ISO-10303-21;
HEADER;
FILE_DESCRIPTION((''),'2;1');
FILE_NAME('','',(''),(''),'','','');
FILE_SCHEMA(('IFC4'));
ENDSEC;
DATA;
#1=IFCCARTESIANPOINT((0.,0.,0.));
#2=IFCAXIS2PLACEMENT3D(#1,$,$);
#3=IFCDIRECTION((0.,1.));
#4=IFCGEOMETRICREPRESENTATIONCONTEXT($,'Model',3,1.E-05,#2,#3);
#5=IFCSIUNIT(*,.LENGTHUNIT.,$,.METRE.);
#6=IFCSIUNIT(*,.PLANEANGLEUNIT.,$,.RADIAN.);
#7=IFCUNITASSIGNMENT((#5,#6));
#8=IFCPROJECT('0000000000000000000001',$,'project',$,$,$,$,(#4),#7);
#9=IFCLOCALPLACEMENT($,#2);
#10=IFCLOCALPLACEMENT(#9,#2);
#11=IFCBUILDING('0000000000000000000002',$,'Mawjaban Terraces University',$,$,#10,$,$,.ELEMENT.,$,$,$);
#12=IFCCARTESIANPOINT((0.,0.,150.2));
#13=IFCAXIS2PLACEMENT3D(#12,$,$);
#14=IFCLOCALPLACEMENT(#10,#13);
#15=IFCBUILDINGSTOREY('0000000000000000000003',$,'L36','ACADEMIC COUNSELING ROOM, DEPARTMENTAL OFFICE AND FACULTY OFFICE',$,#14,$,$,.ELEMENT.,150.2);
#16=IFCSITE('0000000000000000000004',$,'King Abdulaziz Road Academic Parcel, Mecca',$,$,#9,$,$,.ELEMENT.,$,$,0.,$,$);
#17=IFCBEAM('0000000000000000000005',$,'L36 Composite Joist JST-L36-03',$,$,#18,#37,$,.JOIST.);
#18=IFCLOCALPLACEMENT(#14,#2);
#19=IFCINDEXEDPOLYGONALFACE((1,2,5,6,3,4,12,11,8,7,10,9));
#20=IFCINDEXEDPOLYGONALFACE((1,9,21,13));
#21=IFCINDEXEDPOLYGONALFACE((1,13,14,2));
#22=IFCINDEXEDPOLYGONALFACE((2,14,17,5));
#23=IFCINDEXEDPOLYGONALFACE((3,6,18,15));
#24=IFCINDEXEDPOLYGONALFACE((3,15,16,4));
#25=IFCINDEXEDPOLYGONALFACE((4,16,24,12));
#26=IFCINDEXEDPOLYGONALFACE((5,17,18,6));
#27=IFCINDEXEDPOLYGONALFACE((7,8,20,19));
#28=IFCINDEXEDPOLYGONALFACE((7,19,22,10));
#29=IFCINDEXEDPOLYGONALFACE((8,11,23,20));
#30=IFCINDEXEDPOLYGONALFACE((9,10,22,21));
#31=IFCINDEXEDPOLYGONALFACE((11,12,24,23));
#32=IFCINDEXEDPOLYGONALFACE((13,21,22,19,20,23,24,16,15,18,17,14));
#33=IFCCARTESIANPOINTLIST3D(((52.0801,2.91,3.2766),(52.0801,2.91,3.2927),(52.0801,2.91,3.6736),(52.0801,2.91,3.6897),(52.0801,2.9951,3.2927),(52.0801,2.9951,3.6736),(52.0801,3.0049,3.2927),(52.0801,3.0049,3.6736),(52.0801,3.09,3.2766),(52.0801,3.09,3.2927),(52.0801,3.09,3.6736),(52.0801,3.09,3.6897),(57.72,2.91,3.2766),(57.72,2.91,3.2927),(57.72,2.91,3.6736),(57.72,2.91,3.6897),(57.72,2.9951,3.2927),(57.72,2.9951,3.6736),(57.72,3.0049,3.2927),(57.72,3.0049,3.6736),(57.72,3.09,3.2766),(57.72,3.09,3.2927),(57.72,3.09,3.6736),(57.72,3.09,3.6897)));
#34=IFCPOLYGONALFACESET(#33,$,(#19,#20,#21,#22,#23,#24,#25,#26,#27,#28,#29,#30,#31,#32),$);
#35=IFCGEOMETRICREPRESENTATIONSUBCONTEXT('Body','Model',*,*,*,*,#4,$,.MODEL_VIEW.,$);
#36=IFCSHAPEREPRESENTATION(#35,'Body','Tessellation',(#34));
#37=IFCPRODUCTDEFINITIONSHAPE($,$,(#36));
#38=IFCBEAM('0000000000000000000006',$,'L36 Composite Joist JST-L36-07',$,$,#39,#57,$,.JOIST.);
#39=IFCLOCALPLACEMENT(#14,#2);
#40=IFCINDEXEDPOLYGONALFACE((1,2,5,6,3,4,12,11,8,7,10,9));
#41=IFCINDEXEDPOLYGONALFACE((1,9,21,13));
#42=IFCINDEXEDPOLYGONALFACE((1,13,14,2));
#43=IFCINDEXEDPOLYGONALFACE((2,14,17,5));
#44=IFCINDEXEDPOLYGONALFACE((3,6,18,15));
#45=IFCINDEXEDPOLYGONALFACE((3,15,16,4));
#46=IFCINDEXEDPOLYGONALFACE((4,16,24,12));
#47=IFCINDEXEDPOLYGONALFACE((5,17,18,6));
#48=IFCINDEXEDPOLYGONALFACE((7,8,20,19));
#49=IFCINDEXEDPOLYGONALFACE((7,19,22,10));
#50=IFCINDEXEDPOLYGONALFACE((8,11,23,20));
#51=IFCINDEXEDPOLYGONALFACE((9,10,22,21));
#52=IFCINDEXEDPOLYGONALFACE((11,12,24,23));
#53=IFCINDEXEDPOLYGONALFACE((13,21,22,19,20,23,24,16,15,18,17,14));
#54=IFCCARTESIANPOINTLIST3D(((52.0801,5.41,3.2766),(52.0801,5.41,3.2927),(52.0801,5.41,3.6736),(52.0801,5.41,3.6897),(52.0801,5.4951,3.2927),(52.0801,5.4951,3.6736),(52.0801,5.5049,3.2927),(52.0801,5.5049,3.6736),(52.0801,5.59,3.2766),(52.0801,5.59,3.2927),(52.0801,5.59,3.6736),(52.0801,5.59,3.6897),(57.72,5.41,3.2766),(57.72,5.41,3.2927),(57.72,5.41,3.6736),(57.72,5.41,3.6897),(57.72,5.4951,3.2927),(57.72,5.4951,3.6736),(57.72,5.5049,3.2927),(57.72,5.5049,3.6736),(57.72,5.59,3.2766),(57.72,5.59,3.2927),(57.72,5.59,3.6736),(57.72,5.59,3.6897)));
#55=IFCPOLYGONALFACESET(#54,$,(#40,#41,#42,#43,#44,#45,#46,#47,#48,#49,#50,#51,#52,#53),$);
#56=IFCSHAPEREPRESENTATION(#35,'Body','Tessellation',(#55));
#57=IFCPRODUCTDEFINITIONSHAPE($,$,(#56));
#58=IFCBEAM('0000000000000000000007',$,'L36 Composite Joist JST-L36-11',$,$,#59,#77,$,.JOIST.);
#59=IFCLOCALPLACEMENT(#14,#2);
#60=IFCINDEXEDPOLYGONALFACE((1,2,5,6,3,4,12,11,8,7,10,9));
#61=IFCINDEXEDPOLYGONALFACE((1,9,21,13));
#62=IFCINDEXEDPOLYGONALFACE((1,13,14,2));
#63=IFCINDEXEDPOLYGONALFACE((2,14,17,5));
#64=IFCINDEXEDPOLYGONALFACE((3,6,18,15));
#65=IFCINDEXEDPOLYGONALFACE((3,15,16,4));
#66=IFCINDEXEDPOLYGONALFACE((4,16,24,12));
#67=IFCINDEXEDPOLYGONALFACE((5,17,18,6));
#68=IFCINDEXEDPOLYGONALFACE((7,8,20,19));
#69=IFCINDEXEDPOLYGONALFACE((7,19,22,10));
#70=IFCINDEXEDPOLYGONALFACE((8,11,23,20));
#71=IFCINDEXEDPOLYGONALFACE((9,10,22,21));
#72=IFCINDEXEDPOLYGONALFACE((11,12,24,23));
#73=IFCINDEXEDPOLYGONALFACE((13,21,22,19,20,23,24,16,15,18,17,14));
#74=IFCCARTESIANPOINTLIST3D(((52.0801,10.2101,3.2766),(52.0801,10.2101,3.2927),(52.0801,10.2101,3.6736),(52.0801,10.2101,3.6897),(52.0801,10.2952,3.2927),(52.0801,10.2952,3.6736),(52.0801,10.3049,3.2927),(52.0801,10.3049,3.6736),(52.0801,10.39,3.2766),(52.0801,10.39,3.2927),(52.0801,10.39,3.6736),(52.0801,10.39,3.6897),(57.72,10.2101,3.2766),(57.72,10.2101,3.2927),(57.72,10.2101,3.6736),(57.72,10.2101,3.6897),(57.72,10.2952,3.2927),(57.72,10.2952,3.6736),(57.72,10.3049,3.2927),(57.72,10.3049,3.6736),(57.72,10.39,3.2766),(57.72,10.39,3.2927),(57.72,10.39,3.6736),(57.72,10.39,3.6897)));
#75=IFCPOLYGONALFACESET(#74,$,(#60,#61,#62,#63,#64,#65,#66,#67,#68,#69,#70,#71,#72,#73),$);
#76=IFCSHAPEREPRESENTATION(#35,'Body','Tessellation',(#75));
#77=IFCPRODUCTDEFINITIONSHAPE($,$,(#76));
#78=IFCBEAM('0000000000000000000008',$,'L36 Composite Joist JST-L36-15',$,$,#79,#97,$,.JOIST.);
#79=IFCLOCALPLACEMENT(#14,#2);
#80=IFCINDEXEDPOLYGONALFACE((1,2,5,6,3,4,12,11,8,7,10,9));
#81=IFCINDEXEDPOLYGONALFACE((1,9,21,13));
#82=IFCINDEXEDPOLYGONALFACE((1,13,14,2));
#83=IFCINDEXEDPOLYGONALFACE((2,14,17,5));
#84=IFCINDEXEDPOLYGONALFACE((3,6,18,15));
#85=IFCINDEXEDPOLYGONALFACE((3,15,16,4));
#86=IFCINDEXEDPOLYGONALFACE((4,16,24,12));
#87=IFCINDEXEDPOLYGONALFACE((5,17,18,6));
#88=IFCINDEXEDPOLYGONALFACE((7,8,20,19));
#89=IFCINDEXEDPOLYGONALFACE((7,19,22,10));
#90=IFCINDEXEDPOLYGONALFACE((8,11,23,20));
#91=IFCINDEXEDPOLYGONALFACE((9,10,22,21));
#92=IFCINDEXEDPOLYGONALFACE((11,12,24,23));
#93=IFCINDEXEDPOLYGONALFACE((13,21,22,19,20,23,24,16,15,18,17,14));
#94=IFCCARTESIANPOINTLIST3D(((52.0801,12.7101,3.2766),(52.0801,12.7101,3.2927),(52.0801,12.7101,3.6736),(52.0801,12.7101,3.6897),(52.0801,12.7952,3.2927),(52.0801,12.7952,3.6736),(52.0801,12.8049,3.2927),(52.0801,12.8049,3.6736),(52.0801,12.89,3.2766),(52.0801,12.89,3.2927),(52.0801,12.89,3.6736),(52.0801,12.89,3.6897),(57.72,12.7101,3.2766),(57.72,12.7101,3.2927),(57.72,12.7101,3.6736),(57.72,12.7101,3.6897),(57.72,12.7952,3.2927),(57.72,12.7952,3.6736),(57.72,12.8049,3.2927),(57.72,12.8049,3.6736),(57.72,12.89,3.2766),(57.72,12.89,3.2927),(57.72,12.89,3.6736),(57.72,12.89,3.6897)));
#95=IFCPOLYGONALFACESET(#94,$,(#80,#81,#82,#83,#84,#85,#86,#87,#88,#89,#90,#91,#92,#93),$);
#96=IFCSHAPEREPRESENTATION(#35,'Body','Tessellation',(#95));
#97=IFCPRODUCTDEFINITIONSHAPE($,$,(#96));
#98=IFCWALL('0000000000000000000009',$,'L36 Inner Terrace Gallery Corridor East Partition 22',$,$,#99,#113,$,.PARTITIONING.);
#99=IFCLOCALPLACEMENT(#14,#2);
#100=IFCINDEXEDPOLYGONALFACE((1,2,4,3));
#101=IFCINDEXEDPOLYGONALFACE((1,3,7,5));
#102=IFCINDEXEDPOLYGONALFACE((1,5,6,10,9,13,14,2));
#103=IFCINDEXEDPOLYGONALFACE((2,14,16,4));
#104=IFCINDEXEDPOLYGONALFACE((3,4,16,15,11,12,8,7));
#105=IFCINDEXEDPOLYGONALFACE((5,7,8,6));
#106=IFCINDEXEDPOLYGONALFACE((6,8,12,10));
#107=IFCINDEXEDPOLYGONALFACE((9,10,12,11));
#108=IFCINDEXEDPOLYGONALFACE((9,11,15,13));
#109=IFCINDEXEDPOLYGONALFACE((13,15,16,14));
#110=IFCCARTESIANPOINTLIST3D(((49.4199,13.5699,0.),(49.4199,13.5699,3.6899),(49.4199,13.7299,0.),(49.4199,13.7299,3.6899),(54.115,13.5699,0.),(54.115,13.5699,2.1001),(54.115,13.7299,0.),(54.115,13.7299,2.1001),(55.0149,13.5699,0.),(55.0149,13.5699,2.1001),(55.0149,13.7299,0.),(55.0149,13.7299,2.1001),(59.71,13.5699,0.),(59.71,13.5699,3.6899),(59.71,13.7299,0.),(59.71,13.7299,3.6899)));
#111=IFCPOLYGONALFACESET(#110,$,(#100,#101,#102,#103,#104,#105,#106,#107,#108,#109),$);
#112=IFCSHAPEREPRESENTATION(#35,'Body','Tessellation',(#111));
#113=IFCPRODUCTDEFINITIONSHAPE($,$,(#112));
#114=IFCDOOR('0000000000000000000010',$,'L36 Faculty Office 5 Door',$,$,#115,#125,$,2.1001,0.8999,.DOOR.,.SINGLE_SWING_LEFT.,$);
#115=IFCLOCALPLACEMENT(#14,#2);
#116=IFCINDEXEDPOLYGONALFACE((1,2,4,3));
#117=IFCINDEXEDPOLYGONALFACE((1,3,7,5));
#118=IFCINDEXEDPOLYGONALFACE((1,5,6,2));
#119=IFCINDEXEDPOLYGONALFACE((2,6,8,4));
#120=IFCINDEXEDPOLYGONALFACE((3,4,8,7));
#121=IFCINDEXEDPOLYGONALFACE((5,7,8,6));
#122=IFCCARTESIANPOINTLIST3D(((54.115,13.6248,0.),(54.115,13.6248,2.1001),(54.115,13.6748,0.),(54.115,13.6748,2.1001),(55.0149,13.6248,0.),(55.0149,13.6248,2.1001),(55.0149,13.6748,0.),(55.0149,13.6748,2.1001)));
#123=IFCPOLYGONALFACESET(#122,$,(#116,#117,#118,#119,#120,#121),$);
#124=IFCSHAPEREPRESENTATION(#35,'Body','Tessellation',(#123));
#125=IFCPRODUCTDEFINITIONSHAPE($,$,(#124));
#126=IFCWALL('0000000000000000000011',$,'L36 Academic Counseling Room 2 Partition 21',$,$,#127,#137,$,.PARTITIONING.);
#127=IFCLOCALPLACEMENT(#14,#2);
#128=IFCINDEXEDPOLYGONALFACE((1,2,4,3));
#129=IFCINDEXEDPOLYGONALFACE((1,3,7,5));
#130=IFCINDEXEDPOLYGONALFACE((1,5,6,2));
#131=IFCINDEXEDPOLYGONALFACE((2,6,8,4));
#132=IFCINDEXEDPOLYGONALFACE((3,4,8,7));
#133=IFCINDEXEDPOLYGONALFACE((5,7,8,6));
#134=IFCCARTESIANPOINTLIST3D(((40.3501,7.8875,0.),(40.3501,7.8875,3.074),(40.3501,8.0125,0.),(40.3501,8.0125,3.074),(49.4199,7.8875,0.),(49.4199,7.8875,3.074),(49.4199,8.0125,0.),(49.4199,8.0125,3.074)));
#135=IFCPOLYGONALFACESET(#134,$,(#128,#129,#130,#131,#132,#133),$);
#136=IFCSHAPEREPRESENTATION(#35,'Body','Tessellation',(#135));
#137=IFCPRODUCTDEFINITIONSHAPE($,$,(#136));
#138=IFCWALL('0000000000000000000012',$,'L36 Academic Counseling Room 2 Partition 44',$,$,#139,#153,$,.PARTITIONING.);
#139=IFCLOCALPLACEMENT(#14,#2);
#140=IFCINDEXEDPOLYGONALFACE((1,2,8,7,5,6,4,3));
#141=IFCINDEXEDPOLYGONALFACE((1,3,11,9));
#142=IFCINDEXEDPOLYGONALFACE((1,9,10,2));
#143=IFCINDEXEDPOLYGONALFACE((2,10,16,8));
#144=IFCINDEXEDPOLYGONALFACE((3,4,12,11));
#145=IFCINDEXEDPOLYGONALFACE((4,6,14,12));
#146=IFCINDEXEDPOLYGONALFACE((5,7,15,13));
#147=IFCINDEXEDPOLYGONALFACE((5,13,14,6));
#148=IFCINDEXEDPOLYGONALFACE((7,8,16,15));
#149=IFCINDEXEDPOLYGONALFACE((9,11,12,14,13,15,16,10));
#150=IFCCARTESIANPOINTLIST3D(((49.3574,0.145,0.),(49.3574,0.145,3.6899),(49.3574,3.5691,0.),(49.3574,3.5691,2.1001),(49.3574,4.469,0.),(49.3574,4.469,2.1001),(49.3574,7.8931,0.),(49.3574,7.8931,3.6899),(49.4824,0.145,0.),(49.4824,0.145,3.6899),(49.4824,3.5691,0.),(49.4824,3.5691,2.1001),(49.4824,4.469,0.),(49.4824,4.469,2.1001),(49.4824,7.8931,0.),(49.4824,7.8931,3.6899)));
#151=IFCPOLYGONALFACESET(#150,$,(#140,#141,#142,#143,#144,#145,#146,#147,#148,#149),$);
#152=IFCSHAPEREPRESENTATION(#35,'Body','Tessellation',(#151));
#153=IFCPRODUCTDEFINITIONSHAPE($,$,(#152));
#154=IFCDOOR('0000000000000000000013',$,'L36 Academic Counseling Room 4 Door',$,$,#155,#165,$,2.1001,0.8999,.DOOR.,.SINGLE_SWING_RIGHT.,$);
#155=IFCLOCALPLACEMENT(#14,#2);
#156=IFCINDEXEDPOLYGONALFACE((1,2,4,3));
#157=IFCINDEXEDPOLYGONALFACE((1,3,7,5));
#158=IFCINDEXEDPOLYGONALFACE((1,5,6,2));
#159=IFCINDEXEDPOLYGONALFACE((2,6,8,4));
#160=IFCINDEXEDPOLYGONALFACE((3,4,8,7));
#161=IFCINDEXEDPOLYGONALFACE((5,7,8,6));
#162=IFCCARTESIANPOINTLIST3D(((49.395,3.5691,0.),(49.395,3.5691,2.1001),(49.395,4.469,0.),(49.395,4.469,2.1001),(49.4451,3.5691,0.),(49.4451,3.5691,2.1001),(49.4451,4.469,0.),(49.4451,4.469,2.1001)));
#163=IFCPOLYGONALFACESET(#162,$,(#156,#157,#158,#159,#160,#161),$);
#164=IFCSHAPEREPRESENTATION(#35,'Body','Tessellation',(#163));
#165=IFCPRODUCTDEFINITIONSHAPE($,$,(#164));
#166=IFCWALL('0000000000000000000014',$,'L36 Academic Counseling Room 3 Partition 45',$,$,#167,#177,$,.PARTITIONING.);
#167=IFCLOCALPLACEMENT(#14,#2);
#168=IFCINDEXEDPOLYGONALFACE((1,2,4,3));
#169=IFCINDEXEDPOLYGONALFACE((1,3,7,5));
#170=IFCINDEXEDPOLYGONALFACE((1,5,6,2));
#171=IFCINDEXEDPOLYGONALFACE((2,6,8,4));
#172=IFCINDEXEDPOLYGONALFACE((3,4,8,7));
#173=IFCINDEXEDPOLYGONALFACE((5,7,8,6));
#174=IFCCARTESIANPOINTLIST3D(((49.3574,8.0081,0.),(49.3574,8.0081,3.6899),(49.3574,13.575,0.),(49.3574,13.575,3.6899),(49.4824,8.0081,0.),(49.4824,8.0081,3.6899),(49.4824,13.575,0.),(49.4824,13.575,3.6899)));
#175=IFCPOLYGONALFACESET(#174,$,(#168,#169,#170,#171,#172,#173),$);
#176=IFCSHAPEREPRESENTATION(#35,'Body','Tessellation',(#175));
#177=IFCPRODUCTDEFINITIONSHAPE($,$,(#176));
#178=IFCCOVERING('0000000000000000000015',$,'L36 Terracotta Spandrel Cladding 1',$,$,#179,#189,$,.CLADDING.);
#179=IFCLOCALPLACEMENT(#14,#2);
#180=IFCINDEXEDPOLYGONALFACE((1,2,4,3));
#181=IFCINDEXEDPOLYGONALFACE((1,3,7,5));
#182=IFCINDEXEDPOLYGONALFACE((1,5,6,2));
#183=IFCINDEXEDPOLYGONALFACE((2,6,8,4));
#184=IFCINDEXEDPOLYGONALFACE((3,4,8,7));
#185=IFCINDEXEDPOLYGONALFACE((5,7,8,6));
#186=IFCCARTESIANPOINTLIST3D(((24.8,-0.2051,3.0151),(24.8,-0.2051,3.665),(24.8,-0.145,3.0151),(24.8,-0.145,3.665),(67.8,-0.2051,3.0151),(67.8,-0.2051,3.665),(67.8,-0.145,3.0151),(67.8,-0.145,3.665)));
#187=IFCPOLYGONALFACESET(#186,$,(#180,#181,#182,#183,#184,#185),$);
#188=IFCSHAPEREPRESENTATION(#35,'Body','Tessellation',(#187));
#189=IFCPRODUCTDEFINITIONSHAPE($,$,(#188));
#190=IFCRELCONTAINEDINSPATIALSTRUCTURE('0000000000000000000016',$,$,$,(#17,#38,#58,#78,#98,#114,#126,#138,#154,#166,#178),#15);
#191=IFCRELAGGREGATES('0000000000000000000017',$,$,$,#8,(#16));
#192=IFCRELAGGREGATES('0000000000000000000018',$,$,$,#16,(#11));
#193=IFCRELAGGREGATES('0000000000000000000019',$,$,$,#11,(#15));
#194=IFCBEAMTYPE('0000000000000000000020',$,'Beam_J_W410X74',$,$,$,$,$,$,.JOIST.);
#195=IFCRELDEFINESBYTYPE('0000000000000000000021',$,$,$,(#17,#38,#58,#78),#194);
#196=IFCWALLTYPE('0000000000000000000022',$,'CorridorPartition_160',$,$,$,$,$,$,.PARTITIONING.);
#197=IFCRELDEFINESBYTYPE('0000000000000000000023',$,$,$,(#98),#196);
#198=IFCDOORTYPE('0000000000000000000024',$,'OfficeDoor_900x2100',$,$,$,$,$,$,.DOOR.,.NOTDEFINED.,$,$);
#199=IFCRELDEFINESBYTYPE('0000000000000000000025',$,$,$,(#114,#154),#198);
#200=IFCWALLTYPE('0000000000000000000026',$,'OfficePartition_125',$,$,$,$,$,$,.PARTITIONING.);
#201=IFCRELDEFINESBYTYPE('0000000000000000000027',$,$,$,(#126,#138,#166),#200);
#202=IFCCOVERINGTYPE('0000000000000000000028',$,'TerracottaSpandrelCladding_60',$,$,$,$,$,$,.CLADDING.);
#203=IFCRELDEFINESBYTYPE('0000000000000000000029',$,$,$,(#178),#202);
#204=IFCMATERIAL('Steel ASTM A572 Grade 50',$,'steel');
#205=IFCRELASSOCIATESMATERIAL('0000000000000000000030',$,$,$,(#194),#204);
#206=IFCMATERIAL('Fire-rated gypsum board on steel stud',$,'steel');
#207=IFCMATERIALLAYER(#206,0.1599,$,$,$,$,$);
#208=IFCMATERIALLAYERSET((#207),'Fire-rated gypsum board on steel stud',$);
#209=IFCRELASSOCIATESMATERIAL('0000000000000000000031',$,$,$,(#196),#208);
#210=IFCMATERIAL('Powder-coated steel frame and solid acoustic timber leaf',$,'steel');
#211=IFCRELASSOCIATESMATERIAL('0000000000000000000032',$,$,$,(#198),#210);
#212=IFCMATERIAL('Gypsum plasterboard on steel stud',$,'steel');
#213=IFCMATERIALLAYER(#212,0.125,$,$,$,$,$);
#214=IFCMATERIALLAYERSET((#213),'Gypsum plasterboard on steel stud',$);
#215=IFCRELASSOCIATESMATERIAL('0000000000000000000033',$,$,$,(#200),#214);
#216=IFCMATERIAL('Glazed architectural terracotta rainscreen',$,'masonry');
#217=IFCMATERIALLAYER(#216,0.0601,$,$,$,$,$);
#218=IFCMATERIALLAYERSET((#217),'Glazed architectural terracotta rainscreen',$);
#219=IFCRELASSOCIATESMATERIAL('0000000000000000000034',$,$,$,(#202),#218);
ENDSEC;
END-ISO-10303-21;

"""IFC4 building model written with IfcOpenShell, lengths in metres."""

from ifc_helpers import new_model, si_unit, direction, frame, frame_2d, origin, origin_2d, place, context, subcontext, project, spatial, rectangle, i_section, extrude, material, layer, layer_set, material_profile, profile_set, type_object, element, fill, save


model = new_model("IFC4")

# Units and contexts
model_context = context("Model", 3, precision=1e-05, world=origin(), true_north=direction((0.0, 1.0)))
body_context = subcontext(model_context, "Body", "Model", "MODEL_VIEW")
ifc_project = project(units=[si_unit("LENGTHUNIT", "METRE"), si_unit("PLANEANGLEUNIT", "RADIAN")], contexts=[model_context])

# Site, building, storey
site_placement = place(None, origin())
site = spatial("IfcSite", under=ifc_project, at=site_placement, Name="King Abdulaziz Road Academic Parcel, Mecca", CompositionType="ELEMENT", RefElevation=0.0)
building_placement = place(site_placement, origin())
building = spatial("IfcBuilding", under=site, at=building_placement, Name="Mawjaban Terraces University", CompositionType="ELEMENT")
storey_placement = place(building_placement, frame((0.0, 0.0, 150.2)))
storey = spatial("IfcBuildingStorey", under=building, at=storey_placement, Name="L36", Description="ACADEMIC COUNSELING ROOM, DEPARTMENTAL OFFICE AND FACULTY OFFICE", CompositionType="ELEMENT", Elevation=150.2)

# Beams
ifc_material_1 = material(Name="Steel ASTM A572 Grade 50", Category="steel")
ifc_material_profile_1 = material_profile(ifc_material_1, i_section(OverallWidth=0.1799, OverallDepth=0.4131, WebThickness=0.0098, FlangeThickness=0.0161, at=origin_2d()), Name="W410X74")
ifc_profile_set_1 = profile_set([ifc_material_profile_1], Name="Steel ASTM A572 Grade 50")
beam_type_1 = type_object("IfcBeamType", Name="Beam_J_W410X74", PredefinedType="JOIST", material=ifc_profile_set_1)
for number, where, z_axis, x_axis, name in (
    (1, (52.0801, 3.0, 3.4832), (1.0, 0.0, 0.0), (0.0, 1.0, 0.0), "L36 Composite Joist JST-L36-03"),
    (2, (52.0801, 5.5, 3.4832), (1.0, 0.0, 0.0), (0.0, 1.0, 0.0), "L36 Composite Joist JST-L36-07"),
    (3, (52.0801, 10.3, 3.4832), (1.0, 0.0, 0.0), (0.0, 1.0, 0.0), "L36 Composite Joist JST-L36-11"),
    (4, (52.0801, 12.8, 3.4832), (1.0, 0.0, 0.0), (0.0, 1.0, 0.0), "L36 Composite Joist JST-L36-15"),
):
    element("IfcBeam", number, at=place(storey_placement, frame(where, z_axis=z_axis, x_axis=x_axis)), inside=storey, type_object=beam_type_1, Name=name, PredefinedType="JOIST", context=body_context, shape_type="SweptSolid", body=[
        extrude(i_section(OverallWidth=0.1799, OverallDepth=0.4131, WebThickness=0.0098, FlangeThickness=0.0161, at=origin_2d()), origin(), (0.0, 0.0, 1.0), 5.6399),
    ])

# Wall, opening, door
ifc_material_2 = material(Name="Fire-rated gypsum board on steel stud", Category="steel")
ifc_layer_1 = layer(ifc_material_2, 0.1599)
ifc_layer_set_1 = layer_set([ifc_layer_1], Name="Fire-rated gypsum board on steel stud")
wall_type_1 = type_object("IfcWallType", Name="CorridorPartition_160", PredefinedType="PARTITIONING", material=ifc_layer_set_1)
wall_1_placement = place(storey_placement, frame((49.4199, 13.6499, 0.0), z_axis=(0.0, 0.0, 1.0), x_axis=(1.0, 0.0, 0.0)))
wall_1 = element("IfcWall", 5, at=wall_1_placement, inside=storey, type_object=wall_type_1, Name="L36 Inner Terrace Gallery Corridor East Partition 22", PredefinedType="PARTITIONING", context=body_context, shape_type="SweptSolid", body=[
    extrude(rectangle(XDim=10.29, YDim=0.1599, at=frame_2d((5.145, 0.0))), origin(), (0.0, 0.0, 1.0), 3.6899),
])
opening_1_placement = place(wall_1_placement, frame((4.6951, 0.0, 0.0)))
opening_1 = element("IfcOpeningElement", 6, at=opening_1_placement, cuts=wall_1, PredefinedType="OPENING", context=body_context, shape_type="SweptSolid", body=[
    extrude(rectangle(XDim=0.8999, YDim=2.1001, at=frame_2d((0.45, 1.05))), frame((0.0, 0.0898, 0.0), z_axis=(0.0, -1.0, 0.0), x_axis=(1.0, 0.0, 0.0)), (0.0, 0.0, 1.0), 0.1799),
])
ifc_material_3 = material(Name="Powder-coated steel frame and solid acoustic timber leaf", Category="steel")
door_type = type_object("IfcDoorType", Name="OfficeDoor_900x2100", OperationType="NOTDEFINED", PredefinedType="DOOR", material=ifc_material_3)
door_1_placement = place(opening_1_placement, origin())
door_1 = element("IfcDoor", 7, at=door_1_placement, inside=storey, type_object=door_type, Name="L36 Faculty Office 5 Door", OperationType="SINGLE_SWING_LEFT", OverallHeight=2.1001, OverallWidth=0.8999, PredefinedType="DOOR", context=body_context, shape_type="SweptSolid", body=[
    extrude(rectangle(XDim=0.8999, YDim=2.1001, at=frame_2d((0.45, 1.05))), frame((0.0, 0.0249, 0.0), z_axis=(0.0, -1.0, 0.0), x_axis=(1.0, 0.0, 0.0)), (0.0, 0.0, 1.0), 0.05),
])
fill(opening_1, door_1)

# Wall
ifc_material_4 = material(Name="Gypsum plasterboard on steel stud", Category="steel")
ifc_layer_2 = layer(ifc_material_4, 0.125)
ifc_layer_set_2 = layer_set([ifc_layer_2], Name="Gypsum plasterboard on steel stud")
wall_type_2 = type_object("IfcWallType", Name="OfficePartition_125", PredefinedType="PARTITIONING", material=ifc_layer_set_2)
wall_2_placement = place(storey_placement, frame((49.4199, 7.95, 0.0), z_axis=(0.0, 0.0, 1.0), x_axis=(-1.0, 0.0, 0.0)))
element("IfcWall", 8, at=wall_2_placement, inside=storey, type_object=wall_type_2, Name="L36 Academic Counseling Room 2 Partition 21", PredefinedType="PARTITIONING", context=body_context, shape_type="SweptSolid", body=[
    extrude(rectangle(XDim=9.0698, YDim=0.125, at=frame_2d((4.5349, 0.0))), origin(), (0.0, 0.0, 1.0), 3.074),
])

# Wall, opening, door
wall_3_placement = place(storey_placement, frame((49.4199, 0.145, 0.0), z_axis=(0.0, 0.0, 1.0), x_axis=(0.0, 1.0, 0.0)))
wall_3 = element("IfcWall", 9, at=wall_3_placement, inside=storey, type_object=wall_type_2, Name="L36 Academic Counseling Room 2 Partition 44", PredefinedType="PARTITIONING", context=body_context, shape_type="SweptSolid", body=[
    extrude(rectangle(XDim=7.748, YDim=0.125, at=frame_2d((3.874, 0.0))), origin(), (0.0, 0.0, 1.0), 3.6899),
])
opening_2_placement = place(wall_3_placement, frame((3.4241, 0.0, 0.0)))
opening_2 = element("IfcOpeningElement", 10, at=opening_2_placement, cuts=wall_3, PredefinedType="OPENING", context=body_context, shape_type="SweptSolid", body=[
    extrude(rectangle(XDim=0.8999, YDim=2.1001, at=frame_2d((0.45, 1.05))), frame((0.0, 0.0725, 0.0), z_axis=(0.0, -1.0, 0.0), x_axis=(1.0, 0.0, 0.0)), (0.0, 0.0, 1.0), 0.145),
])
door_2_placement = place(opening_2_placement, origin())
door_2 = element("IfcDoor", 11, at=door_2_placement, inside=storey, type_object=door_type, Name="L36 Academic Counseling Room 4 Door", OperationType="SINGLE_SWING_RIGHT", OverallHeight=2.1001, OverallWidth=0.8999, PredefinedType="DOOR", context=body_context, shape_type="SweptSolid", body=[
    extrude(rectangle(XDim=0.8999, YDim=2.1001, at=frame_2d((0.45, 1.05))), frame((0.0, 0.0249, 0.0), z_axis=(0.0, -1.0, 0.0), x_axis=(1.0, 0.0, 0.0)), (0.0, 0.0, 1.0), 0.05),
])
fill(opening_2, door_2)

# Wall
wall_4_placement = place(storey_placement, frame((49.4199, 8.0081, 0.0), z_axis=(0.0, 0.0, 1.0), x_axis=(0.0, 1.0, 0.0)))
element("IfcWall", 12, at=wall_4_placement, inside=storey, type_object=wall_type_2, Name="L36 Academic Counseling Room 3 Partition 45", PredefinedType="PARTITIONING", context=body_context, shape_type="SweptSolid", body=[
    extrude(rectangle(XDim=5.5669, YDim=0.125, at=frame_2d((2.7834, 0.0))), origin(), (0.0, 0.0, 1.0), 3.6899),
])

# Covering
ifc_material_5 = material(Name="Glazed architectural terracotta rainscreen", Category="masonry")
ifc_layer_3 = layer(ifc_material_5, 0.0601)
ifc_layer_set_3 = layer_set([ifc_layer_3], Name="Glazed architectural terracotta rainscreen")
covering_type = type_object("IfcCoveringType", Name="TerracottaSpandrelCladding_60", PredefinedType="CLADDING", material=ifc_layer_set_3)
covering_placement = place(storey_placement, frame((46.3, -0.175, 3.0151), z_axis=(0.0, 0.0, 1.0), x_axis=(1.0, 0.0, 0.0)))
element("IfcCovering", 13, at=covering_placement, inside=storey, type_object=covering_type, Name="L36 Terracotta Spandrel Cladding 1", PredefinedType="CLADDING", context=body_context, shape_type="SweptSolid", body=[
    extrude(rectangle(XDim=43.0, YDim=0.0601, at=origin_2d()), origin(), (0.0, 0.0, 1.0), 0.6499),
])

save(model, "model.ifc")
